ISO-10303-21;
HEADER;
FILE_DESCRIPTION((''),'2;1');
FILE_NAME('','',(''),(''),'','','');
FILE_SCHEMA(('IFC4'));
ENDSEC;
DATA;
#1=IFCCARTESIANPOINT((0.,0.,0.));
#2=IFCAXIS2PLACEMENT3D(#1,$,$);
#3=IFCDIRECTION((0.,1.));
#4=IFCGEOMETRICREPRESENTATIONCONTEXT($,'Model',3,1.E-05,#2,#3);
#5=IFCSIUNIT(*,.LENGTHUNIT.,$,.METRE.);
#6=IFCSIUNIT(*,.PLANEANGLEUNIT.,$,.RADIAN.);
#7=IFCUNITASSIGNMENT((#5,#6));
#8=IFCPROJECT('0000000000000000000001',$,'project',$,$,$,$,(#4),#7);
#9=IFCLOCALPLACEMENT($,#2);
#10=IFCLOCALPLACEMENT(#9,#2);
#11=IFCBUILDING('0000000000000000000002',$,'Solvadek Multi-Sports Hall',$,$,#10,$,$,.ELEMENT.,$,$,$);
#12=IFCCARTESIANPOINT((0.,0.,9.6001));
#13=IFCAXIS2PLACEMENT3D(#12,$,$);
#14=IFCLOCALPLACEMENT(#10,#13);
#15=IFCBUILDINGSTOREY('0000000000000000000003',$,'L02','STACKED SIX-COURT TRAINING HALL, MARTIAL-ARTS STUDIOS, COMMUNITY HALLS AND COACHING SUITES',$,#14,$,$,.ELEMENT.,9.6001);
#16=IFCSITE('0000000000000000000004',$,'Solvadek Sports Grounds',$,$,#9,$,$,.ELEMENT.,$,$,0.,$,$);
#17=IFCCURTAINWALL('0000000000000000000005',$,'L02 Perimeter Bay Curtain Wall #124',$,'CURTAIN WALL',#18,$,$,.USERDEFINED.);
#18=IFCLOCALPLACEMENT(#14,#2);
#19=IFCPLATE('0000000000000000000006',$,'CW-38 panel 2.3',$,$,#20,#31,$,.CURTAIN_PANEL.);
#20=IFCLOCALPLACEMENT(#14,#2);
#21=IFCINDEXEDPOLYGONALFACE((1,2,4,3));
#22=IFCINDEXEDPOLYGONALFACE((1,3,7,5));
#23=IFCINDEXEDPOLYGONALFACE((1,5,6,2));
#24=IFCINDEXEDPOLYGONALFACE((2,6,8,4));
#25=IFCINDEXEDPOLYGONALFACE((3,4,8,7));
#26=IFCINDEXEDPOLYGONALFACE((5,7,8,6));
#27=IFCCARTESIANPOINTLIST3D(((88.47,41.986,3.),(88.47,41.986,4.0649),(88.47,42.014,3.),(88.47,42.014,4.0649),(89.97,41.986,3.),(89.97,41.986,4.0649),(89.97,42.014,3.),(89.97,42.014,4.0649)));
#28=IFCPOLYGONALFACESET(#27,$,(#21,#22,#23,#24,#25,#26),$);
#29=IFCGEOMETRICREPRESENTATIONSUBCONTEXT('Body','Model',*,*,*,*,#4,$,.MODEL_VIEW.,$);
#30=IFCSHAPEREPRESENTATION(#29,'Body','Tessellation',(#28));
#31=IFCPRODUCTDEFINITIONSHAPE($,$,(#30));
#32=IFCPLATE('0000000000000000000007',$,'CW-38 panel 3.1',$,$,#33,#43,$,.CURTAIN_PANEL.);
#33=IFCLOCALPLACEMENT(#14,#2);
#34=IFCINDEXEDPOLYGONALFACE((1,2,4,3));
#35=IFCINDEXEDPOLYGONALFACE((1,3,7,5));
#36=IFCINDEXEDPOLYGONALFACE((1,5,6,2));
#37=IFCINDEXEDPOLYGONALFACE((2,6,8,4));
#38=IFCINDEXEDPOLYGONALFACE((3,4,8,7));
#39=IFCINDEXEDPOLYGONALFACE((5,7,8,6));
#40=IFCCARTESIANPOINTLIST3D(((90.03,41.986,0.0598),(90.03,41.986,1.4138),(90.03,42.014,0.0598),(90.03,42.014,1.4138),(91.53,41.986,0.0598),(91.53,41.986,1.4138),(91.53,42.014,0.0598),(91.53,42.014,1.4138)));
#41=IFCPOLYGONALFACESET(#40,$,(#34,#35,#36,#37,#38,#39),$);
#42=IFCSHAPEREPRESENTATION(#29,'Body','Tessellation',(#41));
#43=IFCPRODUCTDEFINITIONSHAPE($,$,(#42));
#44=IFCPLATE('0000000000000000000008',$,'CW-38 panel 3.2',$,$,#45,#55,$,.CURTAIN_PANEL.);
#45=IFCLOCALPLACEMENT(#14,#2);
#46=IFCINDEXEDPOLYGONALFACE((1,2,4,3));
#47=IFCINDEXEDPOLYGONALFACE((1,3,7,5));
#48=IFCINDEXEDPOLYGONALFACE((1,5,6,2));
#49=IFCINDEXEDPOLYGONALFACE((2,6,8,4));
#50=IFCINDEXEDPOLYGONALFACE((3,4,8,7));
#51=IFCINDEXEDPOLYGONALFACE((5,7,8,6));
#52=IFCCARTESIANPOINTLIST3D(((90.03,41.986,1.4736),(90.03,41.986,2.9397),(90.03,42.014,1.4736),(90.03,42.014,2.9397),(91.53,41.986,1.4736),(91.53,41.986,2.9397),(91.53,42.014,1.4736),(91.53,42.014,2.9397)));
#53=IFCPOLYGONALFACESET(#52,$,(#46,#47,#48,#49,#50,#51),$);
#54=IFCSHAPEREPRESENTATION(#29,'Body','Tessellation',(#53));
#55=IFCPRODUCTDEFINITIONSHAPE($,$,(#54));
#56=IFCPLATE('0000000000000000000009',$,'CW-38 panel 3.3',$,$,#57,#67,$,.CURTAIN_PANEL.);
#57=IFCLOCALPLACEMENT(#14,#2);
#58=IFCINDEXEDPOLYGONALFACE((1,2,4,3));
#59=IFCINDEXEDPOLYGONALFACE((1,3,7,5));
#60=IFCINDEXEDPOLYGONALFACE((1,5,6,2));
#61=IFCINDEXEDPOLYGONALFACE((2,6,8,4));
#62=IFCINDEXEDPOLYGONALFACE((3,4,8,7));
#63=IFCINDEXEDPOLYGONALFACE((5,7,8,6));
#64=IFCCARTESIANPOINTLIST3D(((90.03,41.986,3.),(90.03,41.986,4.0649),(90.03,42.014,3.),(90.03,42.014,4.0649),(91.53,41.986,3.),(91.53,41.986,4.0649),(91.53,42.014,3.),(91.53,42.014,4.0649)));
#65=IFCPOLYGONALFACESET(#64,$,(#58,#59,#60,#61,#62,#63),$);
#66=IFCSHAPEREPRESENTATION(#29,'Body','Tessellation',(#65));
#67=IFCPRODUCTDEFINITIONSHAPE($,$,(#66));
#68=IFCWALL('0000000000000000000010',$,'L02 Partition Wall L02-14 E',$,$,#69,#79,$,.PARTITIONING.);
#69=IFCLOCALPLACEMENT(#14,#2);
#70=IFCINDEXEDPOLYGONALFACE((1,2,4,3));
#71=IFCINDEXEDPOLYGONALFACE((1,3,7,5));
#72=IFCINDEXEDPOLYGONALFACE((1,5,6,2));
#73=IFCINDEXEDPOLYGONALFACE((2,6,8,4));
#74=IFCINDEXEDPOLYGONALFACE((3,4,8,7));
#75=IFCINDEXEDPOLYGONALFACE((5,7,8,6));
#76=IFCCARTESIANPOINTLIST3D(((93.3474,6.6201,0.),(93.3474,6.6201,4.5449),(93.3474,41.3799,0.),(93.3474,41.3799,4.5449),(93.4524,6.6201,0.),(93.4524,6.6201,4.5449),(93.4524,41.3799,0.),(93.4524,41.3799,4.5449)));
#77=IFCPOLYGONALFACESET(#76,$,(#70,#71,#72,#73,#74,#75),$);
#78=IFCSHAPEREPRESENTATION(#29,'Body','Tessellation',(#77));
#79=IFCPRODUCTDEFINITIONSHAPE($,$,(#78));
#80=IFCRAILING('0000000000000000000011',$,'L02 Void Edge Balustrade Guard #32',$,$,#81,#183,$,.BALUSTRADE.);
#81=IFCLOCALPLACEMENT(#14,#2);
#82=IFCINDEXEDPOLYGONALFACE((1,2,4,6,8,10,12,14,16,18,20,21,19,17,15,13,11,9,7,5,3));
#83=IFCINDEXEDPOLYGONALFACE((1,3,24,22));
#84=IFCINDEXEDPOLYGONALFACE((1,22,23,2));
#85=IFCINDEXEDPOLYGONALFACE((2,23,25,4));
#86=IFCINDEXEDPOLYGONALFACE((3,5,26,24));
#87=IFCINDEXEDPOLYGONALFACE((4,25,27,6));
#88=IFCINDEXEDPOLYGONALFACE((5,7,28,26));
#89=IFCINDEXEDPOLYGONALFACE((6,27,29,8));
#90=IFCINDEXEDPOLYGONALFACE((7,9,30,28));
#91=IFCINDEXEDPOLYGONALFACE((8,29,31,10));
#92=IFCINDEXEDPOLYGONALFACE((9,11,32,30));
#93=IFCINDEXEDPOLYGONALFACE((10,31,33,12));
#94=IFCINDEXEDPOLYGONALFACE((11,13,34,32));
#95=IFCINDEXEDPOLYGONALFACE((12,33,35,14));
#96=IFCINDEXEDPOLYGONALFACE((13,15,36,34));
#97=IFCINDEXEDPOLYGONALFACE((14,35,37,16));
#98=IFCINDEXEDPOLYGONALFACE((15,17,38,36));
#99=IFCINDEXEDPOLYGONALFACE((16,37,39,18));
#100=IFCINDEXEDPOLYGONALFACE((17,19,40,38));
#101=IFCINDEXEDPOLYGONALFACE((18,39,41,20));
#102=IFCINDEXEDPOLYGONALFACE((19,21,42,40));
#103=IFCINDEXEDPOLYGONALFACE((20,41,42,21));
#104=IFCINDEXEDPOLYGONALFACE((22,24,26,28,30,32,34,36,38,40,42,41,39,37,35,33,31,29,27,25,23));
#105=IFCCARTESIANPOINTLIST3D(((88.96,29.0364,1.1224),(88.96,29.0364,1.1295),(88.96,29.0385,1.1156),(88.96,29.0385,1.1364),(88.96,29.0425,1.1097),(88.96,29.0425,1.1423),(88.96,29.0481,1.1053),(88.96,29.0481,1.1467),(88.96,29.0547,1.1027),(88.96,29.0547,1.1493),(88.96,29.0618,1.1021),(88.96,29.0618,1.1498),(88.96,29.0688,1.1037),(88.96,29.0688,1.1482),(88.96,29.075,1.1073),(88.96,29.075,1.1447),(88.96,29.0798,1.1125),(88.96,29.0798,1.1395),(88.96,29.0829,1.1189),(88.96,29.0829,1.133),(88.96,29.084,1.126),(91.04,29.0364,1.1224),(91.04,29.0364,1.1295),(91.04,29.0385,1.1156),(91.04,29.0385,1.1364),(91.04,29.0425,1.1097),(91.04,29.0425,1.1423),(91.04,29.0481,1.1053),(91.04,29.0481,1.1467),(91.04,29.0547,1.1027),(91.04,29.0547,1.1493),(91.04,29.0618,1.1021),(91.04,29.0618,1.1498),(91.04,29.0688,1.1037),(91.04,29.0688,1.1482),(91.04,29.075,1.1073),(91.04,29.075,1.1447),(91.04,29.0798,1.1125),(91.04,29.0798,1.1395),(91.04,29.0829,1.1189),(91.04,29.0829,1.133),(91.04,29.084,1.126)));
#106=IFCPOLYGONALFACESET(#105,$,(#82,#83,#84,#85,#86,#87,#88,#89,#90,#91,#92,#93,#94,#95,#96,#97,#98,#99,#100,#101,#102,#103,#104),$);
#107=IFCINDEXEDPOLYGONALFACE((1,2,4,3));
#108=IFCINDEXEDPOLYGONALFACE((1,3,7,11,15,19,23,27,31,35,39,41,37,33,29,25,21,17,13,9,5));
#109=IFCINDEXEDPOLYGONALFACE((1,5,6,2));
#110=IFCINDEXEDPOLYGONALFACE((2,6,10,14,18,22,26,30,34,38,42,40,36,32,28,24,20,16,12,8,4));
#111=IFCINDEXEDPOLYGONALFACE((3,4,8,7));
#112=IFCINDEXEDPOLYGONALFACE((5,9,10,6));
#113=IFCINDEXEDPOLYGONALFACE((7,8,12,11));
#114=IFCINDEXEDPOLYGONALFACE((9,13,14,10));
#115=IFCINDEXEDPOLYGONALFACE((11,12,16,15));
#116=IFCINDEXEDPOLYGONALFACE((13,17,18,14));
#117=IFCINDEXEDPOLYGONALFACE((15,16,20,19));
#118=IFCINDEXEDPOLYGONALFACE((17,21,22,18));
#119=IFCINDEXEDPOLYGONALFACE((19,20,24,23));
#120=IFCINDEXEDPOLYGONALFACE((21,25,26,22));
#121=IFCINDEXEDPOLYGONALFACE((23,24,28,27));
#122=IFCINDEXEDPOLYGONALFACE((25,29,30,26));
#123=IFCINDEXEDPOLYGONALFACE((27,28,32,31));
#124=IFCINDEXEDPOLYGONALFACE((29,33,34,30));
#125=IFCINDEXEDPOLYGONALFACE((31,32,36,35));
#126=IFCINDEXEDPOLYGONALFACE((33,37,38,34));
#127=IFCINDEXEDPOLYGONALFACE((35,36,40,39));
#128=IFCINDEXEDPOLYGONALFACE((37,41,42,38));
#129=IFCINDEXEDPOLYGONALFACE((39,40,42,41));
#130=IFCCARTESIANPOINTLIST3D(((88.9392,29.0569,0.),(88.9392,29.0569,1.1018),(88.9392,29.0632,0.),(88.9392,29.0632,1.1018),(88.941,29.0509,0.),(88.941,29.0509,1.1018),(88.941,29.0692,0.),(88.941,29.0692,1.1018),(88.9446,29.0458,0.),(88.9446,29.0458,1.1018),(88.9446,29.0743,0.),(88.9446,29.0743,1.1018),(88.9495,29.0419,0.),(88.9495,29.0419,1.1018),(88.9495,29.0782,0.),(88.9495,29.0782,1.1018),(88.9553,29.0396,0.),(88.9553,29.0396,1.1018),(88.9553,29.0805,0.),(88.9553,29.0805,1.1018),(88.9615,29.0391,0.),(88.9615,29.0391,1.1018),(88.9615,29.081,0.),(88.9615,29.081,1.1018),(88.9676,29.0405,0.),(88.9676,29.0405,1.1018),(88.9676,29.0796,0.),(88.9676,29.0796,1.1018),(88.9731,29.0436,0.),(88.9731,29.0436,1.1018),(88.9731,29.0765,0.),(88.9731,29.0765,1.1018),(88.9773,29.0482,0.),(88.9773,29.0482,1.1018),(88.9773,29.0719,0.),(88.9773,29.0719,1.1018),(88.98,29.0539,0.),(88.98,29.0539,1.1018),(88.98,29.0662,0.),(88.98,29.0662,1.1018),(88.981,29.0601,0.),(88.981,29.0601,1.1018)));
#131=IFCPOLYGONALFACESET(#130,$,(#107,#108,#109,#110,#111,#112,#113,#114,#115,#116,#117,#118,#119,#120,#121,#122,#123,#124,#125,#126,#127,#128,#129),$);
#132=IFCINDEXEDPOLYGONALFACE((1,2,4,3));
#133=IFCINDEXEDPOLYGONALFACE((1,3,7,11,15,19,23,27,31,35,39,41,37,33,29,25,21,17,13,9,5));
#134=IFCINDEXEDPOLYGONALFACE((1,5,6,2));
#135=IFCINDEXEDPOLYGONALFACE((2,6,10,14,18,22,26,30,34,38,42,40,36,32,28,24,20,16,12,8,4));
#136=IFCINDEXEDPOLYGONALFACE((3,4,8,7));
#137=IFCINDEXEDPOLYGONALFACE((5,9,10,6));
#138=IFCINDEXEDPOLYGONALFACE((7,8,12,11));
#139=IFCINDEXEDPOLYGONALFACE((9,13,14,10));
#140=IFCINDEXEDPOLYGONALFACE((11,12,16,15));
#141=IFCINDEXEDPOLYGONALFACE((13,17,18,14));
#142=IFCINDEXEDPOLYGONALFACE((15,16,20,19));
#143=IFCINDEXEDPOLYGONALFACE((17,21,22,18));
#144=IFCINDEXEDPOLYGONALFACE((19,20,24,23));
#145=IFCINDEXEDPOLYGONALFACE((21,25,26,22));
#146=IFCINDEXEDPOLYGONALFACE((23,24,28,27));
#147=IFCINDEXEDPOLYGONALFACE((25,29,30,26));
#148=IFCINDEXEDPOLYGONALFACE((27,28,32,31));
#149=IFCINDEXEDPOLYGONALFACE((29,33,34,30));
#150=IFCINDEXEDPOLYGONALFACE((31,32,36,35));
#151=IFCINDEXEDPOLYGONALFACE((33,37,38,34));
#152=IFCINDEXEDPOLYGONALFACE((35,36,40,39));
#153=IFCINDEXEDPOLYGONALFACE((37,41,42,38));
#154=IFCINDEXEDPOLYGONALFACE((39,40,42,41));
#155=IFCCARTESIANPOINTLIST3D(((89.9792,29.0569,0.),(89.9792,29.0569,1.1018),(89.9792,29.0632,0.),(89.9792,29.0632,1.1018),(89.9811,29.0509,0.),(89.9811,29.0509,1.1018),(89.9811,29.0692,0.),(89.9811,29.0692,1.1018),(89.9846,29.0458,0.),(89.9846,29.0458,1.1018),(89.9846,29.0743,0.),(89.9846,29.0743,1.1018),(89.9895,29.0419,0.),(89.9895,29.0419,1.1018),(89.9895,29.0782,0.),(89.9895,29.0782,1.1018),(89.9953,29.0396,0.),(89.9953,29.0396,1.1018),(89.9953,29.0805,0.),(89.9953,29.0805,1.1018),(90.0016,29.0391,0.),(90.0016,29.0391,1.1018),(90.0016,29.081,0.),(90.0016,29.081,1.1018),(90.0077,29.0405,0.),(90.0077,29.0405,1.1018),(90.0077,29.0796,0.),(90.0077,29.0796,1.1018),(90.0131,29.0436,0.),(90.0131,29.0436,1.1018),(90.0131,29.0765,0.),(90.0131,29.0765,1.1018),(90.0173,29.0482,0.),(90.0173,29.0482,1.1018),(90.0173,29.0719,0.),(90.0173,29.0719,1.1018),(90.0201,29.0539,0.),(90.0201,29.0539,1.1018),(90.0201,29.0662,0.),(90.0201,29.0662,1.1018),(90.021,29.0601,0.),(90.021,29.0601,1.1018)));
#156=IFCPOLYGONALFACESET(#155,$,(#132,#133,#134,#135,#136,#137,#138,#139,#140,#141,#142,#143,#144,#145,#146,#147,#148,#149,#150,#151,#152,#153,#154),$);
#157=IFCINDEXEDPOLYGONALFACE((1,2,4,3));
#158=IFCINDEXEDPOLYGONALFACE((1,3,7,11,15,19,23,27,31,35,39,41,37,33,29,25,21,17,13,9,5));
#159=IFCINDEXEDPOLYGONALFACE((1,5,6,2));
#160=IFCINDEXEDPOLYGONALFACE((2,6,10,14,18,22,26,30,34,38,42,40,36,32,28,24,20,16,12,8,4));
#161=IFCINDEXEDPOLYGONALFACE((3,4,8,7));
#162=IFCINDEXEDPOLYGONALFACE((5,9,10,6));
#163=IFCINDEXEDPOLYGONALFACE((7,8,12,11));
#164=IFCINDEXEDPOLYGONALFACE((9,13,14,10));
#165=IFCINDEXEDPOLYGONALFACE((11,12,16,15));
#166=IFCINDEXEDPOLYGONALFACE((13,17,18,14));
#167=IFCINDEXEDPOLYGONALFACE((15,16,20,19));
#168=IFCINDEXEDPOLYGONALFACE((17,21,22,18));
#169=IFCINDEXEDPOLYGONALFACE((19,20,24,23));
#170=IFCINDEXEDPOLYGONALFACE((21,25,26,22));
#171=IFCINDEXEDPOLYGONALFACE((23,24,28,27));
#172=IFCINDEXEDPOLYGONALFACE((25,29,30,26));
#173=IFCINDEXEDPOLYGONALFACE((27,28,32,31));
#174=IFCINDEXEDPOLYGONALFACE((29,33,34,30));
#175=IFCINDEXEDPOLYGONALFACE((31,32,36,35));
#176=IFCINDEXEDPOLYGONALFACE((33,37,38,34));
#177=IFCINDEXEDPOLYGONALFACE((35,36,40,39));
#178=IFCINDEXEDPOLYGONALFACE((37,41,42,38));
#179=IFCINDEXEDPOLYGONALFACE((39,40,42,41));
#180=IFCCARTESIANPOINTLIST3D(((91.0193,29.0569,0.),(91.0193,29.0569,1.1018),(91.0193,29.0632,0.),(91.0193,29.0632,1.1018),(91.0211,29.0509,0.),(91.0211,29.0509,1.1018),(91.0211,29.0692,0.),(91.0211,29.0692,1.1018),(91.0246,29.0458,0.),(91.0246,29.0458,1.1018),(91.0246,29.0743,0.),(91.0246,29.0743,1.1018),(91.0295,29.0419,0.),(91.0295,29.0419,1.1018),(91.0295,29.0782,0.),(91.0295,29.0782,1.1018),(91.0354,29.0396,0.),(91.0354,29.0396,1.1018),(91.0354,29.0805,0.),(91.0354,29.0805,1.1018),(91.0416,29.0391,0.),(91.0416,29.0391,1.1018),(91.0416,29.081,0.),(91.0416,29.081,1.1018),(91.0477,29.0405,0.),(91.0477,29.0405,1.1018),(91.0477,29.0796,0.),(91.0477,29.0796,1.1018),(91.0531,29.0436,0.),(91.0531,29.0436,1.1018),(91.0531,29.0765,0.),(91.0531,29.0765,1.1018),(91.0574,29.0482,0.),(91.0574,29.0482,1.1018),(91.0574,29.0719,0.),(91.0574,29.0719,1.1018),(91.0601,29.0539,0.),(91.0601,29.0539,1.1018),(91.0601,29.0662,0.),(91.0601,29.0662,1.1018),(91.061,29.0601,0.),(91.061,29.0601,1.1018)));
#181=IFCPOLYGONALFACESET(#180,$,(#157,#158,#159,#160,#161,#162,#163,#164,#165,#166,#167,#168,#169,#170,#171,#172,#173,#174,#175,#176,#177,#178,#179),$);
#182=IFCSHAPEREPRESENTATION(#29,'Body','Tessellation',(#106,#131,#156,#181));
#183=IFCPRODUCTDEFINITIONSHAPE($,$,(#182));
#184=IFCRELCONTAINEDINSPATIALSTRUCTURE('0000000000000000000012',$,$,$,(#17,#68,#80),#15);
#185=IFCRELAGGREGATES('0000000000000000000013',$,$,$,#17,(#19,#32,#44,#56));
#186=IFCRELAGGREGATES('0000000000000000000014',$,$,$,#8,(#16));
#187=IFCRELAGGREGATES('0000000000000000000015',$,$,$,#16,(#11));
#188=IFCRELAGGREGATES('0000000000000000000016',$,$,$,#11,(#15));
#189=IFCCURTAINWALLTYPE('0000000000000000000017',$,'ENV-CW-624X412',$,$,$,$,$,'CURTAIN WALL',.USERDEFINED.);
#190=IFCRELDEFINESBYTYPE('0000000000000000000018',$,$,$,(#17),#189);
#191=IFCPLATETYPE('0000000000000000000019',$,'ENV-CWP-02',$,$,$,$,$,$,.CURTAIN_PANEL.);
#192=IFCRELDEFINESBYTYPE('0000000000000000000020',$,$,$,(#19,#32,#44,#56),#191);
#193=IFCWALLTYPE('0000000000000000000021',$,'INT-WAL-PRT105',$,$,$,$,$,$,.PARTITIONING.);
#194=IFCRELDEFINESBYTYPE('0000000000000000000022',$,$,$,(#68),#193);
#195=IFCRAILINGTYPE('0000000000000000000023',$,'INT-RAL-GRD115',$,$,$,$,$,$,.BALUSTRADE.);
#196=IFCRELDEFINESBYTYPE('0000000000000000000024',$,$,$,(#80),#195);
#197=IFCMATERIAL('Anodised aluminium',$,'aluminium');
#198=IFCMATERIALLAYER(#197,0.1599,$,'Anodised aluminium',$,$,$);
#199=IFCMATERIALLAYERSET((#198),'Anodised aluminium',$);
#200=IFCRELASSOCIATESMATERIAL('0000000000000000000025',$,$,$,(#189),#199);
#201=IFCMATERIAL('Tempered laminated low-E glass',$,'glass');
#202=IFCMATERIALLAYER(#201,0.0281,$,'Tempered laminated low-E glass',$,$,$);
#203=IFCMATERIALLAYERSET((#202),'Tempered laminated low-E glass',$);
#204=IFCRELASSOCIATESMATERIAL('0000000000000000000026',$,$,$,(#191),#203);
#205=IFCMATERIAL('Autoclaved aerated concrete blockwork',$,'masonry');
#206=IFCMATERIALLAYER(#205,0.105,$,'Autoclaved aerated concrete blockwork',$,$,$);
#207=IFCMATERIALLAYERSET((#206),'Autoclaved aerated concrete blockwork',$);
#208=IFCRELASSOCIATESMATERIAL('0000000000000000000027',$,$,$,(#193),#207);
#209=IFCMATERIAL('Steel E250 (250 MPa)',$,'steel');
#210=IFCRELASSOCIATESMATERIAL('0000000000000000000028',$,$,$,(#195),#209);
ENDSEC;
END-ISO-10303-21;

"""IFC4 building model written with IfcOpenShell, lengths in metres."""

from ifc_helpers import new_model, si_unit, direction, frame, frame_2d, origin, origin_2d, place, context, subcontext, project, spatial, rectangle, circle, extrude, material, layer, layer_set, type_object, element, aggregate, save


model = new_model("IFC4")

# Units and contexts
model_context = context("Model", 3, precision=1e-05, world=origin(), true_north=direction((0.0, 1.0)))
body_context = subcontext(model_context, "Body", "Model", "MODEL_VIEW")
ifc_project = project(units=[si_unit("LENGTHUNIT", "METRE"), si_unit("PLANEANGLEUNIT", "RADIAN")], contexts=[model_context])

# Site, building, storey
site_placement = place(None, origin())
site = spatial("IfcSite", under=ifc_project, at=site_placement, Name="Solvadek Sports Grounds", CompositionType="ELEMENT", RefElevation=0.0)
building_placement = place(site_placement, origin())
building = spatial("IfcBuilding", under=site, at=building_placement, Name="Solvadek Multi-Sports Hall", CompositionType="ELEMENT")
storey_placement = place(building_placement, frame((0.0, 0.0, 9.6001)))
storey = spatial("IfcBuildingStorey", under=building, at=storey_placement, Name="L02", Description="STACKED SIX-COURT TRAINING HALL, MARTIAL-ARTS STUDIOS, COMMUNITY HALLS AND COACHING SUITES", CompositionType="ELEMENT", Elevation=9.6001)

# Curtain wall
ifc_material_1 = material(Name="Anodised aluminium", Category="aluminium")
ifc_layer_1 = layer(ifc_material_1, 0.1599, Name="Anodised aluminium")
ifc_layer_set_1 = layer_set([ifc_layer_1], Name="Anodised aluminium")
curtain_wall_type = type_object("IfcCurtainWallType", Name="ENV-CW-624X412", ElementType="CURTAIN WALL", PredefinedType="USERDEFINED", material=ifc_layer_set_1)
curtain_wall_placement = place(storey_placement, origin())
curtain_wall = element("IfcCurtainWall", 1, at=curtain_wall_placement, inside=storey, type_object=curtain_wall_type, Name="L02 Perimeter Bay Curtain Wall #124", ObjectType="CURTAIN WALL", PredefinedType="USERDEFINED")

# Plates
ifc_material_2 = material(Name="Tempered laminated low-E glass", Category="glass")
ifc_layer_2 = layer(ifc_material_2, 0.0281, Name="Tempered laminated low-E glass")
ifc_layer_set_2 = layer_set([ifc_layer_2], Name="Tempered laminated low-E glass")
plate_type = type_object("IfcPlateType", Name="ENV-CWP-02", PredefinedType="CURTAIN_PANEL", material=ifc_layer_set_2)
plate_1_placement = place(storey_placement, frame((89.22, 42.0, 3.0), z_axis=(0.0, 0.0, 1.0), x_axis=(1.0, 0.0, 0.0)))
plate_1 = element("IfcPlate", 2, at=plate_1_placement, type_object=plate_type, Name="CW-38 panel 2.3", PredefinedType="CURTAIN_PANEL", context=body_context, shape_type="SweptSolid", body=[
    extrude(rectangle(XDim=1.5, YDim=0.0281, at=origin_2d()), origin(), (0.0, 0.0, 1.0), 1.0649),
])
plate_2_placement = place(storey_placement, frame((90.78, 42.0, 0.0598), z_axis=(0.0, 0.0, 1.0), x_axis=(1.0, 0.0, 0.0)))
plate_2 = element("IfcPlate", 3, at=plate_2_placement, type_object=plate_type, Name="CW-38 panel 3.1", PredefinedType="CURTAIN_PANEL", context=body_context, shape_type="SweptSolid", body=[
    extrude(rectangle(XDim=1.5, YDim=0.0281, at=origin_2d()), origin(), (0.0, 0.0, 1.0), 1.354),
])
plate_3_placement = place(storey_placement, frame((90.78, 42.0, 1.4736), z_axis=(0.0, 0.0, 1.0), x_axis=(1.0, 0.0, 0.0)))
plate_3 = element("IfcPlate", 4, at=plate_3_placement, type_object=plate_type, Name="CW-38 panel 3.2", PredefinedType="CURTAIN_PANEL", context=body_context, shape_type="SweptSolid", body=[
    extrude(rectangle(XDim=1.5, YDim=0.0281, at=origin_2d()), origin(), (0.0, 0.0, 1.0), 1.4661),
])
plate_4_placement = place(storey_placement, frame((90.78, 42.0, 3.0), z_axis=(0.0, 0.0, 1.0), x_axis=(1.0, 0.0, 0.0)))
plate_4 = element("IfcPlate", 5, at=plate_4_placement, type_object=plate_type, Name="CW-38 panel 3.3", PredefinedType="CURTAIN_PANEL", context=body_context, shape_type="SweptSolid", body=[
    extrude(rectangle(XDim=1.5, YDim=0.0281, at=origin_2d()), origin(), (0.0, 0.0, 1.0), 1.0649),
])
aggregate(curtain_wall, [plate_1, plate_2, plate_3, plate_4])

# Wall
ifc_material_3 = material(Name="Autoclaved aerated concrete blockwork", Category="masonry")
ifc_layer_3 = layer(ifc_material_3, 0.105, Name="Autoclaved aerated concrete blockwork")
ifc_layer_set_3 = layer_set([ifc_layer_3], Name="Autoclaved aerated concrete blockwork")
wall_type = type_object("IfcWallType", Name="INT-WAL-PRT105", PredefinedType="PARTITIONING", material=ifc_layer_set_3)
wall_placement = place(storey_placement, frame((93.3999, 6.6201, 0.0), z_axis=(0.0, 0.0, 1.0), x_axis=(0.0, 1.0, 0.0)))
element("IfcWall", 6, at=wall_placement, inside=storey, type_object=wall_type, Name="L02 Partition Wall L02-14 E", PredefinedType="PARTITIONING", context=body_context, shape_type="SweptSolid", body=[
    extrude(rectangle(XDim=34.7598, YDim=0.105, at=frame_2d((17.3799, 0.0))), origin(), (0.0, 0.0, 1.0), 4.5449),
])

# Railing
ifc_material_4 = material(Name="Steel E250 (250 MPa)", Category="steel")
railing_type = type_object("IfcRailingType", Name="INT-RAL-GRD115", PredefinedType="BALUSTRADE", material=ifc_material_4)
railing_1_placement = place(storey_placement, frame((88.96, 29.0601, 0.0)))
element("IfcRailing", 7, at=railing_1_placement, inside=storey, type_object=railing_type, Name="L02 Void Edge Balustrade Guard #32", PredefinedType="BALUSTRADE", context=body_context, shape_type="SweptSolid", body=[
    extrude(circle(Radius=0.0239, at=origin_2d()), frame((0.0, 0.0, 1.126), z_axis=(1.0, 0.0, 0.0), x_axis=(0.0, 1.0, 0.0)), (0.0, 0.0, 1.0), 2.0801),
    extrude(circle(Radius=0.021, at=origin_2d()), origin(), (0.0, 0.0, 1.0), 1.1018),
    extrude(circle(Radius=0.021, at=origin_2d()), frame((1.04, 0.0, 0.0)), (0.0, 0.0, 1.0), 1.1018),
    extrude(circle(Radius=0.021, at=origin_2d()), frame((2.0801, 0.0, 0.0)), (0.0, 0.0, 1.0), 1.1018),
])

save(model, "model.ifc")
